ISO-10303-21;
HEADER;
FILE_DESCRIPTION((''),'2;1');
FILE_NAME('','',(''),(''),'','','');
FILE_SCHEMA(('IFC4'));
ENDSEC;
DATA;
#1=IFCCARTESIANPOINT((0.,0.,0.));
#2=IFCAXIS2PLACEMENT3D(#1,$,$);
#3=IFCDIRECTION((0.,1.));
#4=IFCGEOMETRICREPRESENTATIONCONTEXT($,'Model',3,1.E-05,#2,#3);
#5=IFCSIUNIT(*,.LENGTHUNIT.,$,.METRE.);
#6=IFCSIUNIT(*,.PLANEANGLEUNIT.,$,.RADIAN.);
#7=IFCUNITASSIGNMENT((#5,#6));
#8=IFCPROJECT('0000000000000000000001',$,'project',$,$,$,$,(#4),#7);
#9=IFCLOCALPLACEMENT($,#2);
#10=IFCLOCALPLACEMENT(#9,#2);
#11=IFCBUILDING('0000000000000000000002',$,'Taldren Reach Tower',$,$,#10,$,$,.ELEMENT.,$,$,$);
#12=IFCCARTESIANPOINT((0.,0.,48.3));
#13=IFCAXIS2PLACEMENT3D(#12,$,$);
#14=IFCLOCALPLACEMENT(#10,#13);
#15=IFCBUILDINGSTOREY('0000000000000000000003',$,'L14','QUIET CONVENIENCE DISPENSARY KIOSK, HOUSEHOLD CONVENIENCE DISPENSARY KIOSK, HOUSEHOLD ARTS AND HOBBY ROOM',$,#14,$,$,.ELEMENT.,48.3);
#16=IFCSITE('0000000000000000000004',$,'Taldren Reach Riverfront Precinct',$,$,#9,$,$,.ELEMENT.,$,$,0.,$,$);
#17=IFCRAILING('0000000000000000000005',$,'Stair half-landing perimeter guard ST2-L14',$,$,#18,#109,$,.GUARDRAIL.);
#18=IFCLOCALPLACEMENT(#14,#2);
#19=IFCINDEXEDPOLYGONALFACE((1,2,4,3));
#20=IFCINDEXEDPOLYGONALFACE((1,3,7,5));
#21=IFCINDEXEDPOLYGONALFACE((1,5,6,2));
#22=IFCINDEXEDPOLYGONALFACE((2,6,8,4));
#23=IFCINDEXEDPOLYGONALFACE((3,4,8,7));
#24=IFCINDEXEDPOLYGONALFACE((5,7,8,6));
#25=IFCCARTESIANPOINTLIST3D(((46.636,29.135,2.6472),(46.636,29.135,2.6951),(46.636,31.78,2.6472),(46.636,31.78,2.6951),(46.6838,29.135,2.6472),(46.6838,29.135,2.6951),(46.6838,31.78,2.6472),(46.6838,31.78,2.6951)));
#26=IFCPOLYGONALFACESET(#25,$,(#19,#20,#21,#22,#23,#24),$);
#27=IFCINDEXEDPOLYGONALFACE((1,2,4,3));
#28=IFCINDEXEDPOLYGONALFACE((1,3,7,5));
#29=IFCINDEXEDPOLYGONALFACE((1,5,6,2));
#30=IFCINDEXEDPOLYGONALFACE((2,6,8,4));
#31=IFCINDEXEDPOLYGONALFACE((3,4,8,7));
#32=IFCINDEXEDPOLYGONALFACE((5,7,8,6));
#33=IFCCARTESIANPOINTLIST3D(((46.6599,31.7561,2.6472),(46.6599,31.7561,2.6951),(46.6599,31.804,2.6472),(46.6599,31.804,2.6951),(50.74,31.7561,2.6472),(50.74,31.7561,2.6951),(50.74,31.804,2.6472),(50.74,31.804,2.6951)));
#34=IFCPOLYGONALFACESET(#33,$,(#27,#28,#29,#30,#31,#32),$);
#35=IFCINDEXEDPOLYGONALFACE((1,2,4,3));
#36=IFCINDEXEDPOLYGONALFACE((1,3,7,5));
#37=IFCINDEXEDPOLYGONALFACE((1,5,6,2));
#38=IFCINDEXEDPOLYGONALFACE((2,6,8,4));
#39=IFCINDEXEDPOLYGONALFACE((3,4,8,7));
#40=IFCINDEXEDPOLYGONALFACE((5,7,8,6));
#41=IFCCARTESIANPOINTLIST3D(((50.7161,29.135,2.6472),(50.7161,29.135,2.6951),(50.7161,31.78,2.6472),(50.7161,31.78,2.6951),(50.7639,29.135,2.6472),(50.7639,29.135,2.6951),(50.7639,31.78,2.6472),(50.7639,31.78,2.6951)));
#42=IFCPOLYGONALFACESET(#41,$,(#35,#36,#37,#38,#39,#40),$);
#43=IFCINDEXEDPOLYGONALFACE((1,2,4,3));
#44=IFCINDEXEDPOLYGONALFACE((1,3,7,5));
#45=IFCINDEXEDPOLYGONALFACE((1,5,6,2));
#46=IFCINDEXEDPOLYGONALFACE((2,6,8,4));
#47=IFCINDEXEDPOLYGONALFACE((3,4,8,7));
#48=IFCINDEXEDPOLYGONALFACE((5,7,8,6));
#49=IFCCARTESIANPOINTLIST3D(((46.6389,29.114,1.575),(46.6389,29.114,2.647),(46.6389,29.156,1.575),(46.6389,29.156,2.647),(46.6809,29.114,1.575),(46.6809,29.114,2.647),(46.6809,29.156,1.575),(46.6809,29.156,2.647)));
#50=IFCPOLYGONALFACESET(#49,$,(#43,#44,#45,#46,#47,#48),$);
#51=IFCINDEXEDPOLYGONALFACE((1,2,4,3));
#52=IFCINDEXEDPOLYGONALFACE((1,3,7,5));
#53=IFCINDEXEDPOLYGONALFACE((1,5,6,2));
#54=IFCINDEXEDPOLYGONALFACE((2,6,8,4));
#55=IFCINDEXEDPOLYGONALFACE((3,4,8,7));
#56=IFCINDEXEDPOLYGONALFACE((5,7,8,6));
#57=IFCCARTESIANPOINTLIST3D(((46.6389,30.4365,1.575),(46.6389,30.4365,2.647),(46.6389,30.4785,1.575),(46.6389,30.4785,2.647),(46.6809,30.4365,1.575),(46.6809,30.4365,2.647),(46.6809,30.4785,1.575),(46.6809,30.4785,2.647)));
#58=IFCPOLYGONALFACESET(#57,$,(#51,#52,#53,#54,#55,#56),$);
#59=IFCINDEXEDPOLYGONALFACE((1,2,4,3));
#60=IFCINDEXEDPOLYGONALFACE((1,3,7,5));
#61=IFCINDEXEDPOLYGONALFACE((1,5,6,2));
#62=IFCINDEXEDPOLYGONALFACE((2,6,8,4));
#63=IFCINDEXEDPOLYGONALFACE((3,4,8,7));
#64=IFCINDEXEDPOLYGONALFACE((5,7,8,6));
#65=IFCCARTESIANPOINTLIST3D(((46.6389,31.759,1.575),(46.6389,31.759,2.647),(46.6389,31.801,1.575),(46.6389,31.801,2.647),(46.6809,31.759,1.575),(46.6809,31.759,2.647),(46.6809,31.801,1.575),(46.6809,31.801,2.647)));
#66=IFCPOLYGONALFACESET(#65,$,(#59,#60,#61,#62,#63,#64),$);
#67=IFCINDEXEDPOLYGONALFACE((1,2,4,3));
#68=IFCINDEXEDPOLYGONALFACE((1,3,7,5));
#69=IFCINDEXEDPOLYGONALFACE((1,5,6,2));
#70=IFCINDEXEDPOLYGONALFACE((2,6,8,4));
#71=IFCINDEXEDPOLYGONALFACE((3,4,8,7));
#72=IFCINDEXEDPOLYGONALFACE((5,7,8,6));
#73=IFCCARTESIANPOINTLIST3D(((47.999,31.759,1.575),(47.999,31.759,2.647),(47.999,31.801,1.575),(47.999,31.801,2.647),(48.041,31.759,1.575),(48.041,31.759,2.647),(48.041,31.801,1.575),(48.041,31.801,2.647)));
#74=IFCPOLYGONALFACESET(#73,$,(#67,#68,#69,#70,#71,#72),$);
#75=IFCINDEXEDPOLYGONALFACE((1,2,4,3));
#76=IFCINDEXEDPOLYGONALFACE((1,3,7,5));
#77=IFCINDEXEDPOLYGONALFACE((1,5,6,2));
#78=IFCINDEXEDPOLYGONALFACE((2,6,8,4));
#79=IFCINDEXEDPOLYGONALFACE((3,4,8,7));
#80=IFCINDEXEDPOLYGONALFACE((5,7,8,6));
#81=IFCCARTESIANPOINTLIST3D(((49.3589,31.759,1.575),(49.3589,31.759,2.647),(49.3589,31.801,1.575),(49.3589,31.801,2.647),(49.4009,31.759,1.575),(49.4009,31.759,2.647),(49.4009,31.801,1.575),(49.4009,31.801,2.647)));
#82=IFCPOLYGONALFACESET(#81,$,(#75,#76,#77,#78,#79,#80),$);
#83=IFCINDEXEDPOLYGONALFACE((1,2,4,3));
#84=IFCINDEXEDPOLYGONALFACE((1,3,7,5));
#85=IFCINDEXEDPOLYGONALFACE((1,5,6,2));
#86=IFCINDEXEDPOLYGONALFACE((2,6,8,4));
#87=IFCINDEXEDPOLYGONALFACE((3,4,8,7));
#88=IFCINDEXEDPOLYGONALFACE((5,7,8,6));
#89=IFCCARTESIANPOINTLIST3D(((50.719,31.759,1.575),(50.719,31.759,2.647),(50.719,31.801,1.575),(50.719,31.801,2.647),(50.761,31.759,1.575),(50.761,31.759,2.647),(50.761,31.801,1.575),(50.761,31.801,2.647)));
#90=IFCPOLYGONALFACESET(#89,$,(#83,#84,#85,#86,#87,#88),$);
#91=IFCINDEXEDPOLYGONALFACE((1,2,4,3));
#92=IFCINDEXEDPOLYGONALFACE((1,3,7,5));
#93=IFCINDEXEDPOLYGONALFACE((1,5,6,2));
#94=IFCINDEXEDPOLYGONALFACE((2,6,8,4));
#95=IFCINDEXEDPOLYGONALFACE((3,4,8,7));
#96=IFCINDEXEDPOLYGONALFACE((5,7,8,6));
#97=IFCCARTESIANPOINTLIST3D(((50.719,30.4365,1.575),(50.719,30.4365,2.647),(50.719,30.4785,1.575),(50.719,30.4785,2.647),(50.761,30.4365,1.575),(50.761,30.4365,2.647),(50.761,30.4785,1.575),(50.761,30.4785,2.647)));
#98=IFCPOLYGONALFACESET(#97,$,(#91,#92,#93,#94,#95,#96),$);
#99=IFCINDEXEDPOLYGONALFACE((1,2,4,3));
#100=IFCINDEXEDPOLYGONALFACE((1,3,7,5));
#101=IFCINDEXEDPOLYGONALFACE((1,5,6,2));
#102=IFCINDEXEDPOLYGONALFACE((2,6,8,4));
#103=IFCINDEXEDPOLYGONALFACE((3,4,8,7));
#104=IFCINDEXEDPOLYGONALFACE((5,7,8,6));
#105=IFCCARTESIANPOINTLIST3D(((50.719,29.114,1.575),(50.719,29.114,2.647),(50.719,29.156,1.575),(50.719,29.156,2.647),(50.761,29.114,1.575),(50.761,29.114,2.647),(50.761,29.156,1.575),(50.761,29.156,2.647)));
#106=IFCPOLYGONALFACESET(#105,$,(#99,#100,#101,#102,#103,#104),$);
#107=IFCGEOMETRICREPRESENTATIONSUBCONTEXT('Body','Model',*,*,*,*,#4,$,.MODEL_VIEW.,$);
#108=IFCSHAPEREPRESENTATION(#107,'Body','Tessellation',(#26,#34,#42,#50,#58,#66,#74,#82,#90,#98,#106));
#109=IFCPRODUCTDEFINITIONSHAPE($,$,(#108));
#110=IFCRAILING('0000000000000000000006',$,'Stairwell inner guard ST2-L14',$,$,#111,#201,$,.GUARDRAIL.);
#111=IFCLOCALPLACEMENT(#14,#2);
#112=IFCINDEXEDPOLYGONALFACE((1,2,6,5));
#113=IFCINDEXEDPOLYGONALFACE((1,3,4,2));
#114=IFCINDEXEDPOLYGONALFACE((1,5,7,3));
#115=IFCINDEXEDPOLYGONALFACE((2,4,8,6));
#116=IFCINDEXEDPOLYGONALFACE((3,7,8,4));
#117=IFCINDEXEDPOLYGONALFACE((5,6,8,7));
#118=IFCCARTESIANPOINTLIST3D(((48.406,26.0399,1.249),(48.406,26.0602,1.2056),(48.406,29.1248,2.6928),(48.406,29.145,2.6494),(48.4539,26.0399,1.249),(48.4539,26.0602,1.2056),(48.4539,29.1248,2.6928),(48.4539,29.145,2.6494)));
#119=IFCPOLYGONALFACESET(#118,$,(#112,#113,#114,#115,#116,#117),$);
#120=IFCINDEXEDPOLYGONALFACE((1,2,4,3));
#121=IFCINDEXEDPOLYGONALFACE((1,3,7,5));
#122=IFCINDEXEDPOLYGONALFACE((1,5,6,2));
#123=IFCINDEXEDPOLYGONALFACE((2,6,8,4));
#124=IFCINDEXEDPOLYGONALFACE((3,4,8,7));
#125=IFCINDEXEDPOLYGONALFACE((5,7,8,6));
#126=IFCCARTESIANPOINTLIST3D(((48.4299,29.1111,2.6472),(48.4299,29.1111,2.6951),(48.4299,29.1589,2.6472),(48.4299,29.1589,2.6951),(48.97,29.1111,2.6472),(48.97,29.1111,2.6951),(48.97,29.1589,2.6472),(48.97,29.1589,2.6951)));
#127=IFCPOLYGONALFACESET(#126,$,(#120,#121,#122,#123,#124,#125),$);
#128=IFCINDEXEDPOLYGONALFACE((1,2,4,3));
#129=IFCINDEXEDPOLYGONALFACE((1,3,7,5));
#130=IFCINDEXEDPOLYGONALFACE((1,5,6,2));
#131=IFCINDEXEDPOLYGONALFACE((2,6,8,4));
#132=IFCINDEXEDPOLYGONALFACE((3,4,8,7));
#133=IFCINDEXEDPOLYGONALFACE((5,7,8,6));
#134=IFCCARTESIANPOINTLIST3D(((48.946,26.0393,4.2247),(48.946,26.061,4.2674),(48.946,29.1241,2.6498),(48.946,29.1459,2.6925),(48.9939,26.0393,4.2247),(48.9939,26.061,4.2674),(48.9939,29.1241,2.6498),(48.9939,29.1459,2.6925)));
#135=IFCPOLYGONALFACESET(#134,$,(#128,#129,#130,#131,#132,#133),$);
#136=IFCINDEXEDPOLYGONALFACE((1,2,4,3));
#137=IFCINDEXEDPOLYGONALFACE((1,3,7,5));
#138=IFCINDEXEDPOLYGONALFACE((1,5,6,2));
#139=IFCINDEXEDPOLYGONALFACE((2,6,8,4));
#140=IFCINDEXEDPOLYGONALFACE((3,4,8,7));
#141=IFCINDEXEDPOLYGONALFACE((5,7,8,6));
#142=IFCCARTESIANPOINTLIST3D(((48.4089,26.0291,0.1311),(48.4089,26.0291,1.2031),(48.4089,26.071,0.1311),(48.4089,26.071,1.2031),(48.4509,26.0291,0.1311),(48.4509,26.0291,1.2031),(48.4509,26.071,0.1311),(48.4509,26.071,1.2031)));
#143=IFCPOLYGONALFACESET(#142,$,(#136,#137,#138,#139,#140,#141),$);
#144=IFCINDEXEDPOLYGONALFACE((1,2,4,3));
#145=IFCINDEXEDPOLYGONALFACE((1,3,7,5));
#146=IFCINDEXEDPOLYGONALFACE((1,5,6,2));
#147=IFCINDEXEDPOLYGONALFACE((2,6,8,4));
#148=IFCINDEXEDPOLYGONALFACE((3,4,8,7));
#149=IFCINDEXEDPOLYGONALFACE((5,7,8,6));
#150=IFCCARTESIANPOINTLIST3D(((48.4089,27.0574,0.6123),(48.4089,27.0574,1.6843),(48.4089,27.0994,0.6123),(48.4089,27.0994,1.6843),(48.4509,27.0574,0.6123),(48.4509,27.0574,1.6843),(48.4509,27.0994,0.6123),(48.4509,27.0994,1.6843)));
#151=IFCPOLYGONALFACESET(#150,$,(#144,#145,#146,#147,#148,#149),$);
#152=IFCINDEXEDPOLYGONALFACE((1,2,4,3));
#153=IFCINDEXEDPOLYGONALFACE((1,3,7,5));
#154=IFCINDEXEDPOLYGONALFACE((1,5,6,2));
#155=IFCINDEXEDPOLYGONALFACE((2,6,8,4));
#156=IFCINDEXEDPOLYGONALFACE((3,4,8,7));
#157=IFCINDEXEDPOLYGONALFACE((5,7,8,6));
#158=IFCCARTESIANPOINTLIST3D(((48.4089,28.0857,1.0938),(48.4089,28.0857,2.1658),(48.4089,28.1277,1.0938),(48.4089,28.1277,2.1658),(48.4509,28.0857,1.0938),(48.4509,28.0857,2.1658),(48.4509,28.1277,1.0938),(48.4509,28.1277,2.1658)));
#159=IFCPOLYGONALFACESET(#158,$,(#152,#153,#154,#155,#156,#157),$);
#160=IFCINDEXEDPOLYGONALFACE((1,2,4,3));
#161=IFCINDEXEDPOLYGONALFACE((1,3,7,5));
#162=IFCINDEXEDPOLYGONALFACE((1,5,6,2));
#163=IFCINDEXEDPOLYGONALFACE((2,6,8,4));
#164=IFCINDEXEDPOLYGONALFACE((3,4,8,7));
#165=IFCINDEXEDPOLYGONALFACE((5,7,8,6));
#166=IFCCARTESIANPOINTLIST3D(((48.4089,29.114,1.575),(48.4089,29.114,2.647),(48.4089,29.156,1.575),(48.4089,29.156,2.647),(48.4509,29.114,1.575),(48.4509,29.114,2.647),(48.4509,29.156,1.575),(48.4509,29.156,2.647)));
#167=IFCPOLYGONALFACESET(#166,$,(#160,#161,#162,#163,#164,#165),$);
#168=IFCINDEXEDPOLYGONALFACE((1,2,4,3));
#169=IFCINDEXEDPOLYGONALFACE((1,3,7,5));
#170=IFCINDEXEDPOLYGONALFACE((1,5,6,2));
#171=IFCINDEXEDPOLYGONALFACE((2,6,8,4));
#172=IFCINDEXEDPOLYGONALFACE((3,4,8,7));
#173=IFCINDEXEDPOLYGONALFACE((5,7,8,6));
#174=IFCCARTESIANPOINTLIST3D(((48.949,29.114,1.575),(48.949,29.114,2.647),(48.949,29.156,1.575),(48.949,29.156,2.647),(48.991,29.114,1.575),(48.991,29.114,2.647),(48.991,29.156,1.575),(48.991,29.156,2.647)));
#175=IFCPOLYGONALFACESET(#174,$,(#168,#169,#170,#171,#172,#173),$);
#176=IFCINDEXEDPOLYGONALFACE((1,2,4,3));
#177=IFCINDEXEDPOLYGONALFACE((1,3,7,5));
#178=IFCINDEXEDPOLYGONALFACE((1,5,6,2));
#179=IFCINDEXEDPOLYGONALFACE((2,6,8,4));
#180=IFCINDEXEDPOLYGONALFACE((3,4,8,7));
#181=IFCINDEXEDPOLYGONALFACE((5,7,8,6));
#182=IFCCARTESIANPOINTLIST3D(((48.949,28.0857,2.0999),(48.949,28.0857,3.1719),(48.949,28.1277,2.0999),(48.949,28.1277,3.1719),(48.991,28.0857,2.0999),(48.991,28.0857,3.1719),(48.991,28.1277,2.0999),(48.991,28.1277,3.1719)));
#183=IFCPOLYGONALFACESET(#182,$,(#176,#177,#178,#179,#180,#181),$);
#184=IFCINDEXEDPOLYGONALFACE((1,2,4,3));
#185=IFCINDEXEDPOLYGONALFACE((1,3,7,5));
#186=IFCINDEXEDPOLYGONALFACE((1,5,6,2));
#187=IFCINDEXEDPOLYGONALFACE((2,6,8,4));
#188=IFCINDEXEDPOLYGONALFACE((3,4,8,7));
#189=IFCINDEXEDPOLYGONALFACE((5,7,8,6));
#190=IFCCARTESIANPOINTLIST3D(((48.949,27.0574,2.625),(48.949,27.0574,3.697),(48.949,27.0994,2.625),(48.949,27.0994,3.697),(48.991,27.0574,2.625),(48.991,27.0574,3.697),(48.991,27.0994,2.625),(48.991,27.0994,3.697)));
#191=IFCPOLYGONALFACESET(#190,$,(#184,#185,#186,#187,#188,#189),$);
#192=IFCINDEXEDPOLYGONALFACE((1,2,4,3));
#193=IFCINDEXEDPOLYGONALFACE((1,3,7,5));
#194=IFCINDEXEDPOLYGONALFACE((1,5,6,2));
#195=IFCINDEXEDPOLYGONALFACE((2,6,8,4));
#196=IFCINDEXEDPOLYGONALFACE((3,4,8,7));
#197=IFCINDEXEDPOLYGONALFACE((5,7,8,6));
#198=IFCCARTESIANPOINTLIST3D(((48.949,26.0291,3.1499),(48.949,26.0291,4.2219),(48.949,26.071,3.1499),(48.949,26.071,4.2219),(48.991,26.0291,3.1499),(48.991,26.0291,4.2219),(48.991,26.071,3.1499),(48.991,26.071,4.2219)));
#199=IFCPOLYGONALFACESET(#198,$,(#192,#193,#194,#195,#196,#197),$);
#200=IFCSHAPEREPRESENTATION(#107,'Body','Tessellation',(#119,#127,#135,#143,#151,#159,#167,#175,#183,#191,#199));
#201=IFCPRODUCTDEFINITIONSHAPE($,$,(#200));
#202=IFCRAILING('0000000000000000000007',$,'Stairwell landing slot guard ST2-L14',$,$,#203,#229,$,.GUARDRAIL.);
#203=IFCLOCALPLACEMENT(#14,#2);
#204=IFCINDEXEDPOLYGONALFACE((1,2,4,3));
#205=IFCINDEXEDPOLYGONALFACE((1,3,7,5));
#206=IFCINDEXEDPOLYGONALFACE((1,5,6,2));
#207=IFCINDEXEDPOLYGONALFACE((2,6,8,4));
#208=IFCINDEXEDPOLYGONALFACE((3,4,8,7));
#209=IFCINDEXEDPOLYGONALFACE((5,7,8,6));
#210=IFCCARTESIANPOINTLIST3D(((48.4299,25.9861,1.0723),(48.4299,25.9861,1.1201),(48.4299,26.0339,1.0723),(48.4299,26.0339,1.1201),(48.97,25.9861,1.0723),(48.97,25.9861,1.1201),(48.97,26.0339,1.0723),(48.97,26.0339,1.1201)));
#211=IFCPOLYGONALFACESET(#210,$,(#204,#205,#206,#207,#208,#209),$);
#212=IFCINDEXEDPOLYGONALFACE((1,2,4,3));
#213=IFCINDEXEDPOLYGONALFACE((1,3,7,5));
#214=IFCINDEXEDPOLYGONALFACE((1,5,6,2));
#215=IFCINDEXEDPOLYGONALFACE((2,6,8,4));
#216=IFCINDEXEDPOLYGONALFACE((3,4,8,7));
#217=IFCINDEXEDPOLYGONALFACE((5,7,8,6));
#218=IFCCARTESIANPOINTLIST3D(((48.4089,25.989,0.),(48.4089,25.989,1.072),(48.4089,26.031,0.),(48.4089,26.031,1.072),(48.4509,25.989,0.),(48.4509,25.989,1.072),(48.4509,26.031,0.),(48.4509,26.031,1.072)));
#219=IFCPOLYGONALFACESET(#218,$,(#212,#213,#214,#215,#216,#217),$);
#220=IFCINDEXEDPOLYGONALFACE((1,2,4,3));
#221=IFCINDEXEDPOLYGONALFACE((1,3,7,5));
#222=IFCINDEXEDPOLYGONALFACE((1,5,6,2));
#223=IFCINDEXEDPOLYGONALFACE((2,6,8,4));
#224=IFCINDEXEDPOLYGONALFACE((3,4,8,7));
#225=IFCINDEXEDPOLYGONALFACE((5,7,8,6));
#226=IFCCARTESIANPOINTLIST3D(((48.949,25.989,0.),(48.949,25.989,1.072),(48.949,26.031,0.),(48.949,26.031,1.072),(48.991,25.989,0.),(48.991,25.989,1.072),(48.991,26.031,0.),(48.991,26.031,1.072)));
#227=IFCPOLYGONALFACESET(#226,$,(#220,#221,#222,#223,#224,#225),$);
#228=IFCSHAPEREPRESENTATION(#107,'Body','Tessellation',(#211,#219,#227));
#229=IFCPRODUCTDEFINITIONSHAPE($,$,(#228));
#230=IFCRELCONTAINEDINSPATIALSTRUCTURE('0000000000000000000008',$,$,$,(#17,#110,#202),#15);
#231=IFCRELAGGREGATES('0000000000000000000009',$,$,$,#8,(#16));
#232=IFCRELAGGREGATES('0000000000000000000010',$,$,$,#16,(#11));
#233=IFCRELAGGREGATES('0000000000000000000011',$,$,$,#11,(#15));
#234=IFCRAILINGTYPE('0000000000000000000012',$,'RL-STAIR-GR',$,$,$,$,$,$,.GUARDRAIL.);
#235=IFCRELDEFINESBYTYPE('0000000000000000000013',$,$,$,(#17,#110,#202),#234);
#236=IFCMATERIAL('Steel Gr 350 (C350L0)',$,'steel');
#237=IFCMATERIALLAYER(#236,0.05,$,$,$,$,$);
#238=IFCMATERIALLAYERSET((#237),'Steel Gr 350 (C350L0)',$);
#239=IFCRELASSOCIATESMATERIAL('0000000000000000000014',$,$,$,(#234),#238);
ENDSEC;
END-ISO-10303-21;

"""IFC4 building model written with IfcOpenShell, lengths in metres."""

from ifc_helpers import new_model, si_unit, direction, frame, origin, origin_2d, place, context, subcontext, project, spatial, rectangle, extrude, material, layer, layer_set, type_object, element, save


model = new_model("IFC4")

# Units and contexts
model_context = context("Model", 3, precision=1e-05, world=origin(), true_north=direction((0.0, 1.0)))
body_context = subcontext(model_context, "Body", "Model", "MODEL_VIEW")
ifc_project = project(units=[si_unit("LENGTHUNIT", "METRE"), si_unit("PLANEANGLEUNIT", "RADIAN")], contexts=[model_context])

# Site, building, storey
site_placement = place(None, origin())
site = spatial("IfcSite", under=ifc_project, at=site_placement, Name="Taldren Reach Riverfront Precinct", CompositionType="ELEMENT", RefElevation=0.0)
building_placement = place(site_placement, origin())
building = spatial("IfcBuilding", under=site, at=building_placement, Name="Taldren Reach Tower", CompositionType="ELEMENT")
storey_placement = place(building_placement, frame((0.0, 0.0, 48.3)))
storey = spatial("IfcBuildingStorey", under=building, at=storey_placement, Name="L14", Description="QUIET CONVENIENCE DISPENSARY KIOSK, HOUSEHOLD CONVENIENCE DISPENSARY KIOSK, HOUSEHOLD ARTS AND HOBBY ROOM", CompositionType="ELEMENT", Elevation=48.3)

# Railings
ifc_material_1 = material(Name="Steel Gr 350 (C350L0)", Category="steel")
ifc_layer_1 = layer(ifc_material_1, 0.05)
ifc_layer_set_1 = layer_set([ifc_layer_1], Name="Steel Gr 350 (C350L0)")
railing_type_1 = type_object("IfcRailingType", Name="RL-STAIR-GR", PredefinedType="GUARDRAIL", material=ifc_layer_set_1)
railing_1_placement = place(storey_placement, frame((46.6599, 29.135, 1.575)))
element("IfcRailing", 1, at=railing_1_placement, inside=storey, type_object=railing_type_1, Name="Stair half-landing perimeter guard ST2-L14", PredefinedType="GUARDRAIL", context=body_context, shape_type="SweptSolid", body=[
    extrude(rectangle(XDim=0.0479, YDim=0.0479, at=origin_2d()), frame((0.0, 0.0, 1.0962), z_axis=(0.0, 1.0, 0.0), x_axis=(-1.0, 0.0, 0.0)), (0.0, 0.0, 1.0), 2.645),
    extrude(rectangle(XDim=0.0479, YDim=0.0479, at=origin_2d()), frame((0.0, 2.645, 1.0962), z_axis=(1.0, 0.0, 0.0), x_axis=(0.0, 1.0, 0.0)), (0.0, 0.0, 1.0), 4.0801),
    extrude(rectangle(XDim=0.0479, YDim=0.0479, at=origin_2d()), frame((4.0801, 2.645, 1.0962), z_axis=(0.0, -1.0, 0.0), x_axis=(1.0, 0.0, 0.0)), (0.0, 0.0, 1.0), 2.645),
    extrude(rectangle(XDim=0.042, YDim=0.042, at=origin_2d()), origin(), (0.0, 0.0, 1.0), 1.072),
    extrude(rectangle(XDim=0.042, YDim=0.042, at=origin_2d()), frame((0.0, 1.3225, 0.0)), (0.0, 0.0, 1.0), 1.072),
    extrude(rectangle(XDim=0.042, YDim=0.042, at=origin_2d()), frame((0.0, 2.645, 0.0)), (0.0, 0.0, 1.0), 1.072),
    extrude(rectangle(XDim=0.042, YDim=0.042, at=origin_2d()), frame((1.3601, 2.645, 0.0)), (0.0, 0.0, 1.0), 1.072),
    extrude(rectangle(XDim=0.042, YDim=0.042, at=origin_2d()), frame((2.72, 2.645, 0.0)), (0.0, 0.0, 1.0), 1.072),
    extrude(rectangle(XDim=0.042, YDim=0.042, at=origin_2d()), frame((4.0801, 2.645, 0.0)), (0.0, 0.0, 1.0), 1.072),
    extrude(rectangle(XDim=0.042, YDim=0.042, at=origin_2d()), frame((4.0801, 1.3225, 0.0)), (0.0, 0.0, 1.0), 1.072),
    extrude(rectangle(XDim=0.042, YDim=0.042, at=origin_2d()), frame((4.0801, 0.0, 0.0)), (0.0, 0.0, 1.0), 1.072),
])
railing_2_placement = place(storey_placement, frame((48.4299, 26.05, 0.1311)))
element("IfcRailing", 2, at=railing_2_placement, inside=storey, type_object=railing_type_1, Name="Stairwell inner guard ST2-L14", PredefinedType="GUARDRAIL", context=body_context, shape_type="SweptSolid", body=[
    extrude(rectangle(XDim=0.0479, YDim=0.0479, at=origin_2d()), frame((0.0, 0.0, 1.0962), z_axis=(0.0, 0.90571, 0.423898), x_axis=(-1.0, 0.0, 0.0)), (0.0, 0.0, 1.0), 3.406),
    extrude(rectangle(XDim=0.0479, YDim=0.0479, at=origin_2d()), frame((0.0, 3.085, 2.54), z_axis=(1.0, 0.0, 0.0), x_axis=(0.0, 1.0, 0.0)), (0.0, 0.0, 1.0), 0.54),
    extrude(rectangle(XDim=0.0479, YDim=0.0479, at=origin_2d()), frame((0.54, 3.085, 2.54), z_axis=(0.0, -0.890646, 0.454697), x_axis=(1.0, 0.0, 0.0)), (0.0, 0.0, 1.0), 3.4636),
    extrude(rectangle(XDim=0.042, YDim=0.042, at=origin_2d()), origin(), (0.0, 0.0, 1.0), 1.072),
    extrude(rectangle(XDim=0.042, YDim=0.042, at=origin_2d()), frame((0.0, 1.0283, 0.4812)), (0.0, 0.0, 1.0), 1.072),
    extrude(rectangle(XDim=0.042, YDim=0.042, at=origin_2d()), frame((0.0, 2.0566, 0.9626)), (0.0, 0.0, 1.0), 1.072),
    extrude(rectangle(XDim=0.042, YDim=0.042, at=origin_2d()), frame((0.0, 3.085, 1.4438)), (0.0, 0.0, 1.0), 1.072),
    extrude(rectangle(XDim=0.042, YDim=0.042, at=origin_2d()), frame((0.54, 3.085, 1.4438)), (0.0, 0.0, 1.0), 1.072),
    extrude(rectangle(XDim=0.042, YDim=0.042, at=origin_2d()), frame((0.54, 2.0566, 1.9688)), (0.0, 0.0, 1.0), 1.072),
    extrude(rectangle(XDim=0.042, YDim=0.042, at=origin_2d()), frame((0.54, 1.0283, 2.4939)), (0.0, 0.0, 1.0), 1.072),
    extrude(rectangle(XDim=0.042, YDim=0.042, at=origin_2d()), frame((0.54, 0.0, 3.0188)), (0.0, 0.0, 1.0), 1.072),
])
railing_3_placement = place(storey_placement, frame((48.4299, 26.01, 0.0)))
element("IfcRailing", 3, at=railing_3_placement, inside=storey, type_object=railing_type_1, Name="Stairwell landing slot guard ST2-L14", PredefinedType="GUARDRAIL", context=body_context, shape_type="SweptSolid", body=[
    extrude(rectangle(XDim=0.0479, YDim=0.0479, at=origin_2d()), frame((0.0, 0.0, 1.0962), z_axis=(1.0, 0.0, 0.0), x_axis=(0.0, 1.0, 0.0)), (0.0, 0.0, 1.0), 0.54),
    extrude(rectangle(XDim=0.042, YDim=0.042, at=origin_2d()), origin(), (0.0, 0.0, 1.0), 1.072),
    extrude(rectangle(XDim=0.042, YDim=0.042, at=origin_2d()), frame((0.54, 0.0, 0.0)), (0.0, 0.0, 1.0), 1.072),
])

save(model, "model.ifc")
